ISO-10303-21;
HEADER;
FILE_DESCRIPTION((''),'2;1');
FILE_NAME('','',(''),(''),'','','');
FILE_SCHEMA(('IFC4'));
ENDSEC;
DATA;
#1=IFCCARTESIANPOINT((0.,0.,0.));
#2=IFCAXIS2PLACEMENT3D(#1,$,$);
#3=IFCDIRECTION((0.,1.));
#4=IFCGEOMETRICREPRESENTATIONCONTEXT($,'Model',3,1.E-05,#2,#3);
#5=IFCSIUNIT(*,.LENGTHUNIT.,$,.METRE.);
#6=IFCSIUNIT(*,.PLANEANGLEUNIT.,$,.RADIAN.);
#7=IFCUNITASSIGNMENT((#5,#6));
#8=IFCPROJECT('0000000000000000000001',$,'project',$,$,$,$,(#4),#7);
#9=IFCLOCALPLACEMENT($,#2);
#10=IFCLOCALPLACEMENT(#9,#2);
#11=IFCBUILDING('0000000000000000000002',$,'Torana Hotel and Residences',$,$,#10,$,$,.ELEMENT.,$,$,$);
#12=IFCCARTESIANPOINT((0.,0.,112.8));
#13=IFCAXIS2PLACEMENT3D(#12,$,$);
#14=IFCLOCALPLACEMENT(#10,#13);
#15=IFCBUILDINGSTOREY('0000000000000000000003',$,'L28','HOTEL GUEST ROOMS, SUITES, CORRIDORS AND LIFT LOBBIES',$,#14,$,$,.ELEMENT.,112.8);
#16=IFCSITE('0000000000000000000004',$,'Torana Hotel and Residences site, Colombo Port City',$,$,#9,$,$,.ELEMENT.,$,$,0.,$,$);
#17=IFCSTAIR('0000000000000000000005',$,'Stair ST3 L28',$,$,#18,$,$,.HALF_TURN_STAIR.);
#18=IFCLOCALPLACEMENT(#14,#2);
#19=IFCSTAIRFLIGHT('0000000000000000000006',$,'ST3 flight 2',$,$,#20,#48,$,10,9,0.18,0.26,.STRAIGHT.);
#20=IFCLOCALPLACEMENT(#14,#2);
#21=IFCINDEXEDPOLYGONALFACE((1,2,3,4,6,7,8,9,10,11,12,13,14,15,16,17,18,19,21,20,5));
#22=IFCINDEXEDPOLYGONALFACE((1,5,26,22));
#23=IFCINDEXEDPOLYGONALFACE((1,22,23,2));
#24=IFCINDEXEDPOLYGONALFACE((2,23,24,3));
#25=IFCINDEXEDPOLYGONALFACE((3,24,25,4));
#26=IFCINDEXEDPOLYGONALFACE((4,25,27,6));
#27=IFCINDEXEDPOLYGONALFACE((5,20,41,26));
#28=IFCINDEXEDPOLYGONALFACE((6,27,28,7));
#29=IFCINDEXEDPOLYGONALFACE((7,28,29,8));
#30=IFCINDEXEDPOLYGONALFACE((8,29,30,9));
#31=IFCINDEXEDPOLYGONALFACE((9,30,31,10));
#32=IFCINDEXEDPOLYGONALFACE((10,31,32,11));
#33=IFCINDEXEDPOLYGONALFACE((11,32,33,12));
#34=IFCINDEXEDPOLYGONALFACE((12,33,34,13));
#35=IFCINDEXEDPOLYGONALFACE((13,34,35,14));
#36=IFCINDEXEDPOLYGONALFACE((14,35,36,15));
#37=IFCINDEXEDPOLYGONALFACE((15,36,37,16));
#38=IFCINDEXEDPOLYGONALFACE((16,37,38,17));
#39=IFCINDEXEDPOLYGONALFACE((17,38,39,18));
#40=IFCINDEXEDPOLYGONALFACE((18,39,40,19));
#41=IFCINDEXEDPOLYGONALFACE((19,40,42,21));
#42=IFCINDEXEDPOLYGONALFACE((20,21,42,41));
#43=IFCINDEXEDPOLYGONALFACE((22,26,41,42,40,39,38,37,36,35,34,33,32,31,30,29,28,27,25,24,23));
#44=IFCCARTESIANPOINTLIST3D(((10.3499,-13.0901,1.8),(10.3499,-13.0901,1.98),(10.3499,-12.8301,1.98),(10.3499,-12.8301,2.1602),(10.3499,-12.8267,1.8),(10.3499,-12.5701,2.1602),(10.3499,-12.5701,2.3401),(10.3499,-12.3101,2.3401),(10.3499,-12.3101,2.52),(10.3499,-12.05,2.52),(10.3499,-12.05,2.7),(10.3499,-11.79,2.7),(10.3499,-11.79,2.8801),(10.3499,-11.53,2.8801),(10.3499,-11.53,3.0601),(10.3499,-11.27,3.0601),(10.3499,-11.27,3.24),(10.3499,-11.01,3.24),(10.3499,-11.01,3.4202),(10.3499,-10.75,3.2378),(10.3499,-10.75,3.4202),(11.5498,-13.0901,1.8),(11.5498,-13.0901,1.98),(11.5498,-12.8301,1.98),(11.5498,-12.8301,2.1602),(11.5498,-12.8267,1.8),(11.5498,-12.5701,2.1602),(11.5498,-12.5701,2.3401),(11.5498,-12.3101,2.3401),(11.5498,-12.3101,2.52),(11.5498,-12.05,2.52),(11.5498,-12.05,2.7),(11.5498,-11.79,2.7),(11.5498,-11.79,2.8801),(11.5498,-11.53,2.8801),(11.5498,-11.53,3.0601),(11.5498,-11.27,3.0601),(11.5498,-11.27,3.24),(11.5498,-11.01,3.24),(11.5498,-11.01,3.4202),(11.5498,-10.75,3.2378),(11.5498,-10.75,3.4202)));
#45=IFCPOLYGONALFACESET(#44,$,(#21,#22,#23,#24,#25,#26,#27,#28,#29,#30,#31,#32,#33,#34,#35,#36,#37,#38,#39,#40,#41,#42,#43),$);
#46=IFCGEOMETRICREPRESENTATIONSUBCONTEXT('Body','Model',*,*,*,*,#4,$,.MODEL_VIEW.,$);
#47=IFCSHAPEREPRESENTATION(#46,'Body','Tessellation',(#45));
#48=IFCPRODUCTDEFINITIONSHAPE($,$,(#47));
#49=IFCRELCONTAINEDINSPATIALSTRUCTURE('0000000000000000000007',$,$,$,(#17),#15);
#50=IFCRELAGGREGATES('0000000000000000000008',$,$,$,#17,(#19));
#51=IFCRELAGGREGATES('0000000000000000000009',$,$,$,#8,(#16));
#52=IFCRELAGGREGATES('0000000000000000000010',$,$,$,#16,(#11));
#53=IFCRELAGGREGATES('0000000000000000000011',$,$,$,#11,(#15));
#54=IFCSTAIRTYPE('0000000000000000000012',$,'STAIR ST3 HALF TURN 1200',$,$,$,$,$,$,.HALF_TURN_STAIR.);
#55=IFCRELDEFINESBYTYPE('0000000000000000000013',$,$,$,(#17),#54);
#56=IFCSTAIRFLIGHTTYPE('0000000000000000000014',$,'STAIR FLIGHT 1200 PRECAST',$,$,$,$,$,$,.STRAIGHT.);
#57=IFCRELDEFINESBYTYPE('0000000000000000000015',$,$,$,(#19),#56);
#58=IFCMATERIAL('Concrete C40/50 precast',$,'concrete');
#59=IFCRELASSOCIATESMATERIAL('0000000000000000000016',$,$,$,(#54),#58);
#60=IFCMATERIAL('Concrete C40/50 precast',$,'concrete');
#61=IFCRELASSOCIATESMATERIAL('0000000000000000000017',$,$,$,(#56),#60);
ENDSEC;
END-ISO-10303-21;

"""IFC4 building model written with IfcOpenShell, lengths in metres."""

from ifc_helpers import new_model, si_unit, direction, frame, origin, place, context, subcontext, project, spatial, polyline, outline, extrude, material, type_object, element, aggregate, save


model = new_model("IFC4")

# Units and contexts
model_context = context("Model", 3, precision=1e-05, world=origin(), true_north=direction((0.0, 1.0)))
body_context = subcontext(model_context, "Body", "Model", "MODEL_VIEW")
ifc_project = project(units=[si_unit("LENGTHUNIT", "METRE"), si_unit("PLANEANGLEUNIT", "RADIAN")], contexts=[model_context])

# Site, building, storey
site_placement = place(None, origin())
site = spatial("IfcSite", under=ifc_project, at=site_placement, Name="Torana Hotel and Residences site, Colombo Port City", CompositionType="ELEMENT", RefElevation=0.0)
building_placement = place(site_placement, origin())
building = spatial("IfcBuilding", under=site, at=building_placement, Name="Torana Hotel and Residences", CompositionType="ELEMENT")
storey_placement = place(building_placement, frame((0.0, 0.0, 112.8)))
storey = spatial("IfcBuildingStorey", under=building, at=storey_placement, Name="L28", Description="HOTEL GUEST ROOMS, SUITES, CORRIDORS AND LIFT LOBBIES", CompositionType="ELEMENT", Elevation=112.8)

# Stair, stair flight
ifc_material_1 = material(Name="Concrete C40/50 precast", Category="concrete")
stair_type = type_object("IfcStairType", Name="STAIR ST3 HALF TURN 1200", PredefinedType="HALF_TURN_STAIR", material=ifc_material_1)
stair_placement = place(storey_placement, origin())
stair = element("IfcStair", 1, at=stair_placement, inside=storey, type_object=stair_type, Name="Stair ST3 L28", PredefinedType="HALF_TURN_STAIR")
ifc_material_2 = material(Name="Concrete C40/50 precast", Category="concrete")
stair_flight_type = type_object("IfcStairFlightType", Name="STAIR FLIGHT 1200 PRECAST", PredefinedType="STRAIGHT", material=ifc_material_2)
stair_flight_1_placement = place(storey_placement, frame((10.95, -13.0901, 1.8), z_axis=(0.0, 0.0, 1.0), x_axis=(0.0, 1.0, 0.0)))
stair_flight_1 = element("IfcStairFlight", 2, at=stair_flight_1_placement, type_object=stair_flight_type, Name="ST3 flight 2", NumberOfRisers=10, NumberOfTreads=9, PredefinedType="STRAIGHT", RiserHeight=0.18, TreadLength=0.26, context=body_context, shape_type="SweptSolid", body=[
    extrude(outline(polyline([(0.0, 0.0), (0.0, 0.1799), (0.26, 0.1799), (0.26, 0.3601), (0.52, 0.3601), (0.52, 0.54), (0.78, 0.54), (0.78, 0.72), (1.04, 0.72), (1.04, 0.8999), (1.3, 0.8999), (1.3, 1.0801), (1.5601, 1.0801), (1.5601, 1.26), (1.8201, 1.26), (1.8201, 1.4399), (2.0801, 1.4399), (2.0801, 1.6201), (2.3401, 1.6201), (2.3401, 1.8), (2.3401, 1.4377), (0.2634, 0.0), (0.0, 0.0)])), frame((0.0, 0.6001, 0.0), z_axis=(0.0, -1.0, 0.0), x_axis=(1.0, 0.0, 0.0)), (0.0, 0.0, 1.0), 1.2),
])
aggregate(stair, [stair_flight_1])

save(model, "model.ifc")
